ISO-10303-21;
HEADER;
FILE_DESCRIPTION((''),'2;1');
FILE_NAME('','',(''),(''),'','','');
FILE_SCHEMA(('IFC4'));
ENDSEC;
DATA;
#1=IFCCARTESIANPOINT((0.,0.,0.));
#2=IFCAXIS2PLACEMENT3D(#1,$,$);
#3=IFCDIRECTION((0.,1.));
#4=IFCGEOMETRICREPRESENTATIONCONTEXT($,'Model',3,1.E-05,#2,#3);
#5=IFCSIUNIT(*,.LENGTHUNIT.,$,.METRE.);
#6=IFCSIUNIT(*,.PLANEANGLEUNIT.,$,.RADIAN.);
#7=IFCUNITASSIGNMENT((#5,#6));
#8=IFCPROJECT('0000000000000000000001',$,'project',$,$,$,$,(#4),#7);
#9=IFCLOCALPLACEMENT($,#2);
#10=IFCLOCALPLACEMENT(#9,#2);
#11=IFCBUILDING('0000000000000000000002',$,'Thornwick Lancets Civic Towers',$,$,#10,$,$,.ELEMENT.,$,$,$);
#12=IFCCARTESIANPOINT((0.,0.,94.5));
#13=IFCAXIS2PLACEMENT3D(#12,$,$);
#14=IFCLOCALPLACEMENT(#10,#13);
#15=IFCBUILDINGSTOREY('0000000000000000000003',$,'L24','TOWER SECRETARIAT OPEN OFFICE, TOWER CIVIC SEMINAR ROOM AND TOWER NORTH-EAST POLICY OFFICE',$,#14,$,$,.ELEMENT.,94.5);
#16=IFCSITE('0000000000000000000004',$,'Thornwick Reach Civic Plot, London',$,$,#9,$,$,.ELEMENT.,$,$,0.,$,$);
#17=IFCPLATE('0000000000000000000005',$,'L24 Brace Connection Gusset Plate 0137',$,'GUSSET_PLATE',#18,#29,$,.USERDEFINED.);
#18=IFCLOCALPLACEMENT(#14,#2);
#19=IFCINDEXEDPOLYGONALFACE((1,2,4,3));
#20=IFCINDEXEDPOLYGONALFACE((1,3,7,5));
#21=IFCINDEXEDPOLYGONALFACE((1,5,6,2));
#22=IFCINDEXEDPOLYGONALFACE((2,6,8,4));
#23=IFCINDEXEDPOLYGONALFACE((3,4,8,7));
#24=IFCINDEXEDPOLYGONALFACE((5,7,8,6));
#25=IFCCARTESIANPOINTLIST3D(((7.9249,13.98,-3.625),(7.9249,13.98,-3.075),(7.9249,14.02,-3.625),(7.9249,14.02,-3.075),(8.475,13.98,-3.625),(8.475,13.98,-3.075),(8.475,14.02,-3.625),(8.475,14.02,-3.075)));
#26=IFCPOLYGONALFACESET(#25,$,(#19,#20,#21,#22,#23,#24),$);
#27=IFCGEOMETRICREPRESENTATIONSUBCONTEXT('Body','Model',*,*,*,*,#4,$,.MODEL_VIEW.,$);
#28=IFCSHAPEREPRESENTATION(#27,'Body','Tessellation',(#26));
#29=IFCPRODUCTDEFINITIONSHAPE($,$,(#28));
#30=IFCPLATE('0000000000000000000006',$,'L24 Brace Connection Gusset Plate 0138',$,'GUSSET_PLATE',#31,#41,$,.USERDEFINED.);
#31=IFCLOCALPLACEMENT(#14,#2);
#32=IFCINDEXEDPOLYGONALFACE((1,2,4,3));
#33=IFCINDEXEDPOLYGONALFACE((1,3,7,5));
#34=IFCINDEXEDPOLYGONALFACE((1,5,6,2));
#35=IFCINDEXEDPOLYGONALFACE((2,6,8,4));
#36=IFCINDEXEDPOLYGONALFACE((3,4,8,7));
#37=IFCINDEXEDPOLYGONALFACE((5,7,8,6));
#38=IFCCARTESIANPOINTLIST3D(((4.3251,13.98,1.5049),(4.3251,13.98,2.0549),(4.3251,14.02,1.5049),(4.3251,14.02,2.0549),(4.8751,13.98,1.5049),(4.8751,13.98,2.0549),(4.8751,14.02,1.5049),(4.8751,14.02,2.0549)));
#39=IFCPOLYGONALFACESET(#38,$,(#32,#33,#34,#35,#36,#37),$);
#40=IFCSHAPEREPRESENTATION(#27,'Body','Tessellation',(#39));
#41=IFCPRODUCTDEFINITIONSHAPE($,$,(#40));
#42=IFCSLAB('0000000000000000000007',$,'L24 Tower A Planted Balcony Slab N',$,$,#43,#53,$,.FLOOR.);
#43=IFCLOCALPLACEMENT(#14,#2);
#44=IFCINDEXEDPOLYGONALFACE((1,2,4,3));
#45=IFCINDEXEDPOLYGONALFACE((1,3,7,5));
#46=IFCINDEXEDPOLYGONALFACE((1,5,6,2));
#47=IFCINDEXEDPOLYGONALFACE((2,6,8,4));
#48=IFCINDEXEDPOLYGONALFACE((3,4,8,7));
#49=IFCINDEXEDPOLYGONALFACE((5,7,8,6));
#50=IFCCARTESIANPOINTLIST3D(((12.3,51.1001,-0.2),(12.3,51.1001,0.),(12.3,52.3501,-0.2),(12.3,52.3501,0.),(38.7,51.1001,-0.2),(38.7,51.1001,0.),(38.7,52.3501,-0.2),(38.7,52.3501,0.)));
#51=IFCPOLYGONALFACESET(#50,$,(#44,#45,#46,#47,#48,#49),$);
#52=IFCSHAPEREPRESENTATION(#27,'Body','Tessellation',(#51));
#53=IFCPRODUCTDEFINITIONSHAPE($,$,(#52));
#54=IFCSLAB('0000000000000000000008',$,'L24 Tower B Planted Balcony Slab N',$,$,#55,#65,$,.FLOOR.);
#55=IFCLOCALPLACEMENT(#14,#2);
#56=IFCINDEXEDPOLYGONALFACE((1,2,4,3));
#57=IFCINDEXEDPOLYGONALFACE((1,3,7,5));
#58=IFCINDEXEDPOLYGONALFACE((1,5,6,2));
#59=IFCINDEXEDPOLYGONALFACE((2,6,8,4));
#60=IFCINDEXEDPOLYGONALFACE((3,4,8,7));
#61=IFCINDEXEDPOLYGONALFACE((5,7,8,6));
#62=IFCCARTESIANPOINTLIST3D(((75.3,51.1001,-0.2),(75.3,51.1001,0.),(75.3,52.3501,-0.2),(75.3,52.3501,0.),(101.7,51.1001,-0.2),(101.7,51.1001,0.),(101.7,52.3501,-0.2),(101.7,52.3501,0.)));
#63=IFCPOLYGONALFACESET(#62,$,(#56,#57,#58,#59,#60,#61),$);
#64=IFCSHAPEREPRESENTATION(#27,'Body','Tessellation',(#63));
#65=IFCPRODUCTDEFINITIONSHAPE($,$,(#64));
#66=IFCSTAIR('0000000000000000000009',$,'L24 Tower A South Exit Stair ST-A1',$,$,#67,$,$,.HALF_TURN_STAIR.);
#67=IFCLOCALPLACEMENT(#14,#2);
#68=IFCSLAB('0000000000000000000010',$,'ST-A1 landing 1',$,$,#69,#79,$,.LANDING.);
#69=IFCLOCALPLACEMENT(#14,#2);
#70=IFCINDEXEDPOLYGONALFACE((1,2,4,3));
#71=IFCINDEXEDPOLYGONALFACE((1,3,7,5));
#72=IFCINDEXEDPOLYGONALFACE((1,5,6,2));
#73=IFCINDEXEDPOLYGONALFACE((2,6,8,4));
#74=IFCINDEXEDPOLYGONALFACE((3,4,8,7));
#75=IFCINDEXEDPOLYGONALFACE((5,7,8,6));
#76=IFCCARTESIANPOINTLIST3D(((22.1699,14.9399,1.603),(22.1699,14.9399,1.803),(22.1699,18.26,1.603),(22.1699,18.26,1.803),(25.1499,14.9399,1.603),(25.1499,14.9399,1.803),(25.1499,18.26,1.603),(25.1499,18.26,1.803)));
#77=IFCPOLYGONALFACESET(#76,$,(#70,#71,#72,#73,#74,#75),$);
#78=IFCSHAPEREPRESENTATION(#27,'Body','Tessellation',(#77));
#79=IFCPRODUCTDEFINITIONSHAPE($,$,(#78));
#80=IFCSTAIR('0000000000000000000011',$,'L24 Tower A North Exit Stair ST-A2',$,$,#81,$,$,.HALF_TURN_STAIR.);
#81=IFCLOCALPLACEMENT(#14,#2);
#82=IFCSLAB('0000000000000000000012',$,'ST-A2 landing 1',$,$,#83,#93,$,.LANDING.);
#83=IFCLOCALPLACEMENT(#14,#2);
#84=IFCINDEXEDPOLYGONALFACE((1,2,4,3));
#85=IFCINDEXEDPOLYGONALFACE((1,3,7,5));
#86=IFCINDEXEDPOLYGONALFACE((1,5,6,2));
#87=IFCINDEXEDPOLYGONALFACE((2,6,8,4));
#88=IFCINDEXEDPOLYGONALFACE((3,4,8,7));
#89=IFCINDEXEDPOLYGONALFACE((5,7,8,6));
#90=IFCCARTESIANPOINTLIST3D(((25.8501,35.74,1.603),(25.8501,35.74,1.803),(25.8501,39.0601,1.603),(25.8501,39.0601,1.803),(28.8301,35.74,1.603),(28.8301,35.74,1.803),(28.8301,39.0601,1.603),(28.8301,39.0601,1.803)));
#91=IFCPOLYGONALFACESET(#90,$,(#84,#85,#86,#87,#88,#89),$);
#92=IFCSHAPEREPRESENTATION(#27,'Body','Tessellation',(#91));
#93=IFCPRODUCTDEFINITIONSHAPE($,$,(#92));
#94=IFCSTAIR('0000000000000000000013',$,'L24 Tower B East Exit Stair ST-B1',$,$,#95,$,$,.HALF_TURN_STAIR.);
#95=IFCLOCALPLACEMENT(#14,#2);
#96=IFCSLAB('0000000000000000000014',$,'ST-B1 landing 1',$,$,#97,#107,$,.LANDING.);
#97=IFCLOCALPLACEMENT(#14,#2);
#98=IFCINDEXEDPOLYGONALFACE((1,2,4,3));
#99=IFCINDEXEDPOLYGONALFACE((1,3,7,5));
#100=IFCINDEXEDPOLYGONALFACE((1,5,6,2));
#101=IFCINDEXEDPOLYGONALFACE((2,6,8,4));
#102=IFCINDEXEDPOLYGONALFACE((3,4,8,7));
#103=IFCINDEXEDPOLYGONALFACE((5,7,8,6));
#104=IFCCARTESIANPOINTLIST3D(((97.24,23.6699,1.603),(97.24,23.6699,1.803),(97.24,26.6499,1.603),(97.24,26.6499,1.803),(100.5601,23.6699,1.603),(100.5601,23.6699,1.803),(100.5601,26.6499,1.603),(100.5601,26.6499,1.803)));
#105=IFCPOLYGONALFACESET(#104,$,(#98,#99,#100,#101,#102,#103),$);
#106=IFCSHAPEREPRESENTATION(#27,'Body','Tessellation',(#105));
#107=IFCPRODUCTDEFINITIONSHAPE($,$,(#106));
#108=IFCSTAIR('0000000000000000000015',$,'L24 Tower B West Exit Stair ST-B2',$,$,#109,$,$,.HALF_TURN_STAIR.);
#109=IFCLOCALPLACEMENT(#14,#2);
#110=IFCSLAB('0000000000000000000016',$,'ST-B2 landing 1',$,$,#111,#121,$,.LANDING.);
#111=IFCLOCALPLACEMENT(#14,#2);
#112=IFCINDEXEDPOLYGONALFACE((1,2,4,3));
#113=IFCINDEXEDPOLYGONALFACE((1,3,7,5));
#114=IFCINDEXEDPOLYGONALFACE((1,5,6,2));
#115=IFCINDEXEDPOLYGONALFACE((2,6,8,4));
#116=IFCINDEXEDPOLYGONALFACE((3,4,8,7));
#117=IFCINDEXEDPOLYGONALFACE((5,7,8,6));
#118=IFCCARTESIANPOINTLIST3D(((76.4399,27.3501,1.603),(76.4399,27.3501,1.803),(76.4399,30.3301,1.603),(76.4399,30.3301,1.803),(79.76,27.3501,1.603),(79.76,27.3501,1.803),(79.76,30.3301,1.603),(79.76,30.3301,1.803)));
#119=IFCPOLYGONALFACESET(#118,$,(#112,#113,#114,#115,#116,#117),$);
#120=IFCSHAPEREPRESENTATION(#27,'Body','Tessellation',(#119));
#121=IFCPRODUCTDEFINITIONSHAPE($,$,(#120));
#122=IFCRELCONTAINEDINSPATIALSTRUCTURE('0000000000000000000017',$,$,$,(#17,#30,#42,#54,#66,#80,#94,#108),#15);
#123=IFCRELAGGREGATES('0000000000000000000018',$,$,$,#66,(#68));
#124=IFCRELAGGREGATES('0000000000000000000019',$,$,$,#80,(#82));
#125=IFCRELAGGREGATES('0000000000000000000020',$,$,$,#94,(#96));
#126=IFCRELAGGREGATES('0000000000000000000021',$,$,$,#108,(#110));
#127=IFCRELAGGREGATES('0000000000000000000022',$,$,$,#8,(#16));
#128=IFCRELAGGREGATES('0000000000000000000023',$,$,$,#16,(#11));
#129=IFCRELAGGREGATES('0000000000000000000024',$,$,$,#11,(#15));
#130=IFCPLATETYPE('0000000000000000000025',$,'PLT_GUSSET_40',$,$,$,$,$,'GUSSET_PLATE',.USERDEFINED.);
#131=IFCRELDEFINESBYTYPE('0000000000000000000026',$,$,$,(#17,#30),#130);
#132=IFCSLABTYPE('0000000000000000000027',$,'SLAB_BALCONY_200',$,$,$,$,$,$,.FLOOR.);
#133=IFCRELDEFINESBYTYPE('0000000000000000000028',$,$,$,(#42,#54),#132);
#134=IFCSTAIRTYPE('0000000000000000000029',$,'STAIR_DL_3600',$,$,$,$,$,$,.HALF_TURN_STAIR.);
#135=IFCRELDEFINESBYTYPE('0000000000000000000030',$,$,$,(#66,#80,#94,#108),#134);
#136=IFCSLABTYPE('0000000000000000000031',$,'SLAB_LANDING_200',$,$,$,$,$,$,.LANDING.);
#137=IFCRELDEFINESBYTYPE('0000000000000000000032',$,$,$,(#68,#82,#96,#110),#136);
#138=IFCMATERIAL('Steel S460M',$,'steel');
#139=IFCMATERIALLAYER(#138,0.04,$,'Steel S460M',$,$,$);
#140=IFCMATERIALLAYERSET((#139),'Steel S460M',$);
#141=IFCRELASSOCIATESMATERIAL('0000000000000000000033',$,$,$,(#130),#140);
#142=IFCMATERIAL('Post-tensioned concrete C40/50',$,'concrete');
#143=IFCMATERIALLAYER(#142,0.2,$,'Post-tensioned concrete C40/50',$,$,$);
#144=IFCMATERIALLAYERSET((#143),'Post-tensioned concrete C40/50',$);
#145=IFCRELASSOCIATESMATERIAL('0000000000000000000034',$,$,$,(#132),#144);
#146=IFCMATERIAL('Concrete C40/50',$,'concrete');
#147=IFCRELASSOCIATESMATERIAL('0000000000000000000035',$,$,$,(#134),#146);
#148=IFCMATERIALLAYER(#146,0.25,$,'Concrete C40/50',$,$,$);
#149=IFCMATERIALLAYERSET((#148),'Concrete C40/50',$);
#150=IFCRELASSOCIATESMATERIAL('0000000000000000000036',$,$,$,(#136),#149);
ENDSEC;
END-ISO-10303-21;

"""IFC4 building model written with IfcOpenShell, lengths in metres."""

from ifc_helpers import new_model, si_unit, direction, frame, origin, origin_2d, place, context, subcontext, project, spatial, polyline, rectangle, outline, extrude, material, layer, layer_set, type_object, element, aggregate, save


model = new_model("IFC4")

# Units and contexts
model_context = context("Model", 3, precision=1e-05, world=origin(), true_north=direction((0.0, 1.0)))
body_context = subcontext(model_context, "Body", "Model", "MODEL_VIEW")
ifc_project = project(units=[si_unit("LENGTHUNIT", "METRE"), si_unit("PLANEANGLEUNIT", "RADIAN")], contexts=[model_context])

# Site, building, storey
site_placement = place(None, origin())
site = spatial("IfcSite", under=ifc_project, at=site_placement, Name="Thornwick Reach Civic Plot, London", CompositionType="ELEMENT", RefElevation=0.0)
building_placement = place(site_placement, origin())
building = spatial("IfcBuilding", under=site, at=building_placement, Name="Thornwick Lancets Civic Towers", CompositionType="ELEMENT")
storey_placement = place(building_placement, frame((0.0, 0.0, 94.5)))
storey = spatial("IfcBuildingStorey", under=building, at=storey_placement, Name="L24", Description="TOWER SECRETARIAT OPEN OFFICE, TOWER CIVIC SEMINAR ROOM AND TOWER NORTH-EAST POLICY OFFICE", CompositionType="ELEMENT", Elevation=94.5)

# Shared definitions
ifc_material_1 = material(Name="Steel S460M", Category="steel")

# Plates
ifc_layer_1 = layer(ifc_material_1, 0.04, Name="Steel S460M")
ifc_layer_set_1 = layer_set([ifc_layer_1], Name="Steel S460M")
plate_type = type_object("IfcPlateType", Name="PLT_GUSSET_40", ElementType="GUSSET_PLATE", PredefinedType="USERDEFINED", material=ifc_layer_set_1)
for number, where, z_axis, x_axis, name in (
    (1, (8.2, 14.0, -3.625), (0.0, 0.0, 1.0), (-1.0, 0.0, 0.0), "L24 Brace Connection Gusset Plate 0137"),
    (2, (4.6001, 14.0, 1.5049), (0.0, 0.0, 1.0), (-1.0, 0.0, 0.0), "L24 Brace Connection Gusset Plate 0138"),
):
    element("IfcPlate", number, at=place(storey_placement, frame(where, z_axis=z_axis, x_axis=x_axis)), inside=storey, type_object=plate_type, Name=name, ObjectType="GUSSET_PLATE", PredefinedType="USERDEFINED", context=body_context, shape_type="SweptSolid", body=[
        extrude(rectangle(XDim=0.55, YDim=0.04, at=origin_2d()), origin(), (0.0, 0.0, 1.0), 0.55),
    ])

# Slabs
ifc_material_2 = material(Name="Post-tensioned concrete C40/50", Category="concrete")
ifc_layer_2 = layer(ifc_material_2, 0.2, Name="Post-tensioned concrete C40/50")
ifc_layer_set_2 = layer_set([ifc_layer_2], Name="Post-tensioned concrete C40/50")
slab_type_1 = type_object("IfcSlabType", Name="SLAB_BALCONY_200", PredefinedType="FLOOR", material=ifc_layer_set_2)
slab_1_placement = place(storey_placement, frame((0.0, 0.0, -0.2)))
element("IfcSlab", 3, at=slab_1_placement, inside=storey, type_object=slab_type_1, Name="L24 Tower A Planted Balcony Slab N", PredefinedType="FLOOR", context=body_context, shape_type="SweptSolid", body=[
    extrude(outline(polyline([(12.3, 51.1001), (38.7, 51.1001), (38.7, 52.3501), (12.3, 52.3501), (12.3, 51.1001)])), origin(), (0.0, 0.0, 1.0), 0.2),
])
slab_2_placement = place(storey_placement, frame((0.0, 0.0, -0.2)))
element("IfcSlab", 4, at=slab_2_placement, inside=storey, type_object=slab_type_1, Name="L24 Tower B Planted Balcony Slab N", PredefinedType="FLOOR", context=body_context, shape_type="SweptSolid", body=[
    extrude(outline(polyline([(75.3, 51.1001), (101.7, 51.1001), (101.7, 52.3501), (75.3, 52.3501), (75.3, 51.1001)])), origin(), (0.0, 0.0, 1.0), 0.2),
])

# Stairs, slabs
ifc_material_3 = material(Name="Concrete C40/50", Category="concrete")
stair_type = type_object("IfcStairType", Name="STAIR_DL_3600", PredefinedType="HALF_TURN_STAIR", material=ifc_material_3)
stair_1_placement = place(storey_placement, origin())
stair_1 = element("IfcStair", 5, at=stair_1_placement, inside=storey, type_object=stair_type, Name="L24 Tower A South Exit Stair ST-A1", PredefinedType="HALF_TURN_STAIR")
ifc_layer_3 = layer(ifc_material_3, 0.25, Name="Concrete C40/50")
ifc_layer_set_3 = layer_set([ifc_layer_3], Name="Concrete C40/50")
slab_type_2 = type_object("IfcSlabType", Name="SLAB_LANDING_200", PredefinedType="LANDING", material=ifc_layer_set_3)
slab_3_placement = place(storey_placement, frame((0.0, 0.0, 1.603)))
slab_3 = element("IfcSlab", 6, at=slab_3_placement, type_object=slab_type_2, Name="ST-A1 landing 1", PredefinedType="LANDING", context=body_context, shape_type="SweptSolid", body=[
    extrude(outline(polyline([(22.1699, 14.9399), (25.1499, 14.9399), (25.1499, 18.26), (22.1699, 18.26), (22.1699, 14.9399)])), origin(), (0.0, 0.0, 1.0), 0.2),
])
aggregate(stair_1, [slab_3])
stair_2_placement = place(storey_placement, origin())
stair_2 = element("IfcStair", 7, at=stair_2_placement, inside=storey, type_object=stair_type, Name="L24 Tower A North Exit Stair ST-A2", PredefinedType="HALF_TURN_STAIR")
slab_4_placement = place(storey_placement, frame((0.0, 0.0, 1.603)))
slab_4 = element("IfcSlab", 8, at=slab_4_placement, type_object=slab_type_2, Name="ST-A2 landing 1", PredefinedType="LANDING", context=body_context, shape_type="SweptSolid", body=[
    extrude(outline(polyline([(28.8301, 39.0601), (25.8501, 39.0601), (25.8501, 35.74), (28.8301, 35.74), (28.8301, 39.0601)])), origin(), (0.0, 0.0, 1.0), 0.2),
])
aggregate(stair_2, [slab_4])
stair_3_placement = place(storey_placement, origin())
stair_3 = element("IfcStair", 9, at=stair_3_placement, inside=storey, type_object=stair_type, Name="L24 Tower B East Exit Stair ST-B1", PredefinedType="HALF_TURN_STAIR")
slab_5_placement = place(storey_placement, frame((0.0, 0.0, 1.603)))
slab_5 = element("IfcSlab", 10, at=slab_5_placement, type_object=slab_type_2, Name="ST-B1 landing 1", PredefinedType="LANDING", context=body_context, shape_type="SweptSolid", body=[
    extrude(outline(polyline([(100.5601, 23.6699), (100.5601, 26.6499), (97.24, 26.6499), (97.24, 23.6699), (100.5601, 23.6699)])), origin(), (0.0, 0.0, 1.0), 0.2),
])
aggregate(stair_3, [slab_5])
stair_4_placement = place(storey_placement, origin())
stair_4 = element("IfcStair", 11, at=stair_4_placement, inside=storey, type_object=stair_type, Name="L24 Tower B West Exit Stair ST-B2", PredefinedType="HALF_TURN_STAIR")
slab_6_placement = place(storey_placement, frame((0.0, 0.0, 1.603)))
slab_6 = element("IfcSlab", 12, at=slab_6_placement, type_object=slab_type_2, Name="ST-B2 landing 1", PredefinedType="LANDING", context=body_context, shape_type="SweptSolid", body=[
    extrude(outline(polyline([(76.4399, 30.3301), (76.4399, 27.3501), (79.76, 27.3501), (79.76, 30.3301), (76.4399, 30.3301)])), origin(), (0.0, 0.0, 1.0), 0.2),
])
aggregate(stair_4, [slab_6])

save(model, "model.ifc")
